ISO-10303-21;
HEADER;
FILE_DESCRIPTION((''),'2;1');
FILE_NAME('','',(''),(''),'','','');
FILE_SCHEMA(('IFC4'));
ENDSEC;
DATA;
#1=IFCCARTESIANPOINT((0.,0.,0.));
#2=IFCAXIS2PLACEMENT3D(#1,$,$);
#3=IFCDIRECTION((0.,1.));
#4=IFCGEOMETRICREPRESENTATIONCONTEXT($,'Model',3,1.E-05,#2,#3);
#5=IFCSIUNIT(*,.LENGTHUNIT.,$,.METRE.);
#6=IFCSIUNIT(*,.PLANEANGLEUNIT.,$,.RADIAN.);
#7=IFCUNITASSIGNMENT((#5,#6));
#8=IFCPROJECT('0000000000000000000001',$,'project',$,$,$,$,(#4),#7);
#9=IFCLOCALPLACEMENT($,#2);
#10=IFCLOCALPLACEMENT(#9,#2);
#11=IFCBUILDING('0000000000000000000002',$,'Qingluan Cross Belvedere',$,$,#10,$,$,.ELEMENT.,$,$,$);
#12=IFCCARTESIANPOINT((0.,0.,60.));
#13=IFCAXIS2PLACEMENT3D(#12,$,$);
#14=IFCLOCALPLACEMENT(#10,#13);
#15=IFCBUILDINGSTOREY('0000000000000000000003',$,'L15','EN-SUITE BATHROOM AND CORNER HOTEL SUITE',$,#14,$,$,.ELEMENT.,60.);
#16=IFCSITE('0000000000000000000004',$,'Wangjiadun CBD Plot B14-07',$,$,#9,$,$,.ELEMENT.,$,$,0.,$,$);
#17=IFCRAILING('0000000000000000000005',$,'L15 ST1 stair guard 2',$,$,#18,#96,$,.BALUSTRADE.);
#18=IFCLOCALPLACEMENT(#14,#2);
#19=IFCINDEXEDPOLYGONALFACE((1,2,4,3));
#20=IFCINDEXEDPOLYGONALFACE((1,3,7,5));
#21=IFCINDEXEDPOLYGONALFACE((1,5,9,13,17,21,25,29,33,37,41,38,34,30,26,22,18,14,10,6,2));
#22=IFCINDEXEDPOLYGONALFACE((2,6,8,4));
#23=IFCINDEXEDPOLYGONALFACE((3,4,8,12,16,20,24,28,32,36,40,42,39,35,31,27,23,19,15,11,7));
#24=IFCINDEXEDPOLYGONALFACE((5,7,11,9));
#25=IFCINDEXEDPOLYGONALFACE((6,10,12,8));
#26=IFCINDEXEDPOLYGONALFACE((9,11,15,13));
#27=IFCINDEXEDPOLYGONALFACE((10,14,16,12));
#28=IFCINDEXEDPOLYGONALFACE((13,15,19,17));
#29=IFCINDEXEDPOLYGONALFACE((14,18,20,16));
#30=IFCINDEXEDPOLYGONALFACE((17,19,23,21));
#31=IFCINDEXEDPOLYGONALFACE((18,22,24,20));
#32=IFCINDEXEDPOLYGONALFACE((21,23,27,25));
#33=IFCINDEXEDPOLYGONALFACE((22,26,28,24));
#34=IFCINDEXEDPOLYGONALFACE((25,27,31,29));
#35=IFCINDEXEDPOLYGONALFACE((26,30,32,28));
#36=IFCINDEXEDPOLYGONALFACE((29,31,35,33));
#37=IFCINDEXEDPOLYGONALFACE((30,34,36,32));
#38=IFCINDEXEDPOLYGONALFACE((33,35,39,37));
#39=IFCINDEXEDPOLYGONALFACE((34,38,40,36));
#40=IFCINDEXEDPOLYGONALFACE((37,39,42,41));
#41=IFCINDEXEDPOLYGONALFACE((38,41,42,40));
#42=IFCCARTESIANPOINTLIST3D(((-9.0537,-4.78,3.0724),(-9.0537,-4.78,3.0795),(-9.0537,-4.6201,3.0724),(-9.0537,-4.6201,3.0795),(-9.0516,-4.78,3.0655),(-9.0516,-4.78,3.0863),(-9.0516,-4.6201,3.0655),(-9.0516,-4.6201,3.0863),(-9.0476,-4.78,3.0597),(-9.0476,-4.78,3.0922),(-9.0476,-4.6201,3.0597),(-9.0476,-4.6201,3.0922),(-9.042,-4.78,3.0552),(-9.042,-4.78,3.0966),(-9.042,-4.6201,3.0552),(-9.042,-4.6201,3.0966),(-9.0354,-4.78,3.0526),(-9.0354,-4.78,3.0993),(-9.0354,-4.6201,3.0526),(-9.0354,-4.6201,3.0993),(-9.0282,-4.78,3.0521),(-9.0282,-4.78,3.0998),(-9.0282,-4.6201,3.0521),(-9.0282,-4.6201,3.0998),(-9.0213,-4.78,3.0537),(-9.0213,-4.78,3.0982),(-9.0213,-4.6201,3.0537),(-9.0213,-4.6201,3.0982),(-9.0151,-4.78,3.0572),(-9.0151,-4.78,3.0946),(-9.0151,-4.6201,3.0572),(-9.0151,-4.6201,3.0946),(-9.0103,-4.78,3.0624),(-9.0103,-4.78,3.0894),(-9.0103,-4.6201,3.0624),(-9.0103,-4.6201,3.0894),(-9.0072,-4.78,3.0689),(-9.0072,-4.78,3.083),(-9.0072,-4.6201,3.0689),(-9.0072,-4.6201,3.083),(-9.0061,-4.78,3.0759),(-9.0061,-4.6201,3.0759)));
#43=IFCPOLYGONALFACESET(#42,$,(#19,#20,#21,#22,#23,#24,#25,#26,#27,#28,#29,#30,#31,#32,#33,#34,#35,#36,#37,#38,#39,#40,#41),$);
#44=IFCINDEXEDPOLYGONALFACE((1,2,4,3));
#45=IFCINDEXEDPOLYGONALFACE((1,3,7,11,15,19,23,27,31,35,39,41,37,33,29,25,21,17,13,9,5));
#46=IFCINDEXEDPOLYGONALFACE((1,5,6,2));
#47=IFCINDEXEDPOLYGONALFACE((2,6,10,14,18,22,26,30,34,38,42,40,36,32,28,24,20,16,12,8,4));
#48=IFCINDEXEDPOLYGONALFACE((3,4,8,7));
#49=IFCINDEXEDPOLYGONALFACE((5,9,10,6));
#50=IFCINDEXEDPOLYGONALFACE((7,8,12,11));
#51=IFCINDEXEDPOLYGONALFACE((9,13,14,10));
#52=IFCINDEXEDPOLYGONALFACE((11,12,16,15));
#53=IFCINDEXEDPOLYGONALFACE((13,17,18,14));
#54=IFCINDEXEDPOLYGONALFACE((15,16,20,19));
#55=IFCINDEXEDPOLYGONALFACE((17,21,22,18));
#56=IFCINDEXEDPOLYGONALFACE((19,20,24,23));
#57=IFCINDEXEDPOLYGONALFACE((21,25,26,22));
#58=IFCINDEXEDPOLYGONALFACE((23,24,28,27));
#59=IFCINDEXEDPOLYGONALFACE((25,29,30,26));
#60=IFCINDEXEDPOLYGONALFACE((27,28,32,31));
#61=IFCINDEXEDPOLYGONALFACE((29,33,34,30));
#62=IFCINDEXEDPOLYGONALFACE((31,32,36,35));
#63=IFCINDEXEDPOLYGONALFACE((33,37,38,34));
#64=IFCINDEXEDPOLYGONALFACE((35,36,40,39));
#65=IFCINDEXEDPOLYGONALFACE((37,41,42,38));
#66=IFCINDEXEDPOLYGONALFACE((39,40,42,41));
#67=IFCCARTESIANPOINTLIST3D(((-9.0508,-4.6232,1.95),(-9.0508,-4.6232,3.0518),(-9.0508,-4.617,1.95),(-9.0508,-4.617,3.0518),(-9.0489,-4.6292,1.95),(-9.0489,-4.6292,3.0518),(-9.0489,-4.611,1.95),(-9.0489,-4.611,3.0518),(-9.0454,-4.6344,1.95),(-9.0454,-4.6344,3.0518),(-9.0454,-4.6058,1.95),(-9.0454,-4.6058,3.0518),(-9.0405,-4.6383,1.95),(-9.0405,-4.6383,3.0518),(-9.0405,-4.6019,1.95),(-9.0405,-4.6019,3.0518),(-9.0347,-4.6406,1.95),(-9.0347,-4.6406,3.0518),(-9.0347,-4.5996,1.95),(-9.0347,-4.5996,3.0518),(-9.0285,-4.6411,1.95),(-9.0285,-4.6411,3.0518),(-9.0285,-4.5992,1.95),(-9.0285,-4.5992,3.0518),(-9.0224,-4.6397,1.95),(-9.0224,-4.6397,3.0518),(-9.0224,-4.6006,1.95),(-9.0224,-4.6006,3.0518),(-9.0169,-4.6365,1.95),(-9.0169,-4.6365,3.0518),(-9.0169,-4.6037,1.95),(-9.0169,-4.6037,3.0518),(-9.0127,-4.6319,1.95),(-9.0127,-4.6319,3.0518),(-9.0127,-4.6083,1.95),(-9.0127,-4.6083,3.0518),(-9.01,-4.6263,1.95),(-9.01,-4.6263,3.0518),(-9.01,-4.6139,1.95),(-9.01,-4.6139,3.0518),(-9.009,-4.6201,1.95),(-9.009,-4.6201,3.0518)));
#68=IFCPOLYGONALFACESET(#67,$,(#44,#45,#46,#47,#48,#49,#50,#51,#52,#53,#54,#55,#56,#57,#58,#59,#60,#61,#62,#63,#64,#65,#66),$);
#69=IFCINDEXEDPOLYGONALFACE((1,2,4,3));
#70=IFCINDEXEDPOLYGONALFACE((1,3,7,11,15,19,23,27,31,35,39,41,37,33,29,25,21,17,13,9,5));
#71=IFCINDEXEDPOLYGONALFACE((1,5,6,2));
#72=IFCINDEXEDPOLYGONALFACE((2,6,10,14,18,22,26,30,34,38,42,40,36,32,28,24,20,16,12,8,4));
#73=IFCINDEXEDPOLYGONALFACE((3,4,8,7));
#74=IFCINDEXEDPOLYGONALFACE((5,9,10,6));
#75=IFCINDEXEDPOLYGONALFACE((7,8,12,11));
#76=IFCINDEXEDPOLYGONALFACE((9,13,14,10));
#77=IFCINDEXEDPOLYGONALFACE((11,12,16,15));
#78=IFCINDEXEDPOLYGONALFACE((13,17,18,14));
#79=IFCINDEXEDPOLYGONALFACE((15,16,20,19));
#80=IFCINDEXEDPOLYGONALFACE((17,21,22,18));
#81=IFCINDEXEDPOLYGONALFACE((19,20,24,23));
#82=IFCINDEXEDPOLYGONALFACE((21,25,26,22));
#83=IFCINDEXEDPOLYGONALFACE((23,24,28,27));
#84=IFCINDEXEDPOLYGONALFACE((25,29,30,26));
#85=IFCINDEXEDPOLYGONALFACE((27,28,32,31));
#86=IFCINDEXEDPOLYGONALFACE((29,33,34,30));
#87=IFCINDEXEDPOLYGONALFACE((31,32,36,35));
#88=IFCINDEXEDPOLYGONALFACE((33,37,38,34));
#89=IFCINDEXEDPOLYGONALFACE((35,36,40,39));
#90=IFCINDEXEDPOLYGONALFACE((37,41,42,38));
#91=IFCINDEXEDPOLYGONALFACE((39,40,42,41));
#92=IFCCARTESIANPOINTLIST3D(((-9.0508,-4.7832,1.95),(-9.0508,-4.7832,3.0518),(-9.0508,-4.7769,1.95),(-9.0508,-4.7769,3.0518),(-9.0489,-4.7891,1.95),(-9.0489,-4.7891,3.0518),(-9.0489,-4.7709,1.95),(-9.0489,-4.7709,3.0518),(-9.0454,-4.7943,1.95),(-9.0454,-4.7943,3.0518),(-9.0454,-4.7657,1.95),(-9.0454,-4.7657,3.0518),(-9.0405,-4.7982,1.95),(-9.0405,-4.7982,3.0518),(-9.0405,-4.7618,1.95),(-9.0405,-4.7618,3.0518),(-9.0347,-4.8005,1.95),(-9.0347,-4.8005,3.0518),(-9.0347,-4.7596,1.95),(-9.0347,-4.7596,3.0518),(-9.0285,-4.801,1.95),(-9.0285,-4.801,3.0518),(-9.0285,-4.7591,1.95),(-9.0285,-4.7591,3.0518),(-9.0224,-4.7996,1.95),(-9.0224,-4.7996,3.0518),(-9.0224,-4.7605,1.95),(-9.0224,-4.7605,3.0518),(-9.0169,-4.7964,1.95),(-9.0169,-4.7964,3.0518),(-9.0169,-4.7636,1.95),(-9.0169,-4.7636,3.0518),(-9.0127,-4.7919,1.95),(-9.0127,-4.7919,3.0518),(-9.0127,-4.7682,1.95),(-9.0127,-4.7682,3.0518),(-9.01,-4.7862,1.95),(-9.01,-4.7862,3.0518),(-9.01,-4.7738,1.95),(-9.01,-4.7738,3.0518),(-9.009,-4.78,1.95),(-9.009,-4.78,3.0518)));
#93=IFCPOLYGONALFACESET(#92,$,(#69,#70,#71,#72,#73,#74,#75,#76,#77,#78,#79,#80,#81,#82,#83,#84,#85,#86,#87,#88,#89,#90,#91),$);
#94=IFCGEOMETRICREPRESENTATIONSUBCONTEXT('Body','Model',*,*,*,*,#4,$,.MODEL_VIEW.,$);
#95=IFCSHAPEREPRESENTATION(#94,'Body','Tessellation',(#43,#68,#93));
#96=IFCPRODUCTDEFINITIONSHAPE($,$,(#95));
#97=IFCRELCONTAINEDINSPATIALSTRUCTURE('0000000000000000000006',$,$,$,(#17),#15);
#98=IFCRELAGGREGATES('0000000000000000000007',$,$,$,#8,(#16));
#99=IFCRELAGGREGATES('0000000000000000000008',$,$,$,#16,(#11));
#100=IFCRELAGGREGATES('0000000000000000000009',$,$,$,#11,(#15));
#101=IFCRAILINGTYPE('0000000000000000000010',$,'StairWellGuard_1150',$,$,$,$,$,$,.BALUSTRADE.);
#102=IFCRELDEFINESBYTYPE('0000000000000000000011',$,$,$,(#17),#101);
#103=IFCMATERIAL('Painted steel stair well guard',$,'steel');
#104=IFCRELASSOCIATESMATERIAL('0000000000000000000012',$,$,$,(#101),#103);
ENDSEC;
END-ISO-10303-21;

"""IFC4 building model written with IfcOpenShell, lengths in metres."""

from ifc_helpers import new_model, si_unit, direction, frame, origin, origin_2d, place, context, subcontext, project, spatial, circle, extrude, material, type_object, element, save


model = new_model("IFC4")

# Units and contexts
model_context = context("Model", 3, precision=1e-05, world=origin(), true_north=direction((0.0, 1.0)))
body_context = subcontext(model_context, "Body", "Model", "MODEL_VIEW")
ifc_project = project(units=[si_unit("LENGTHUNIT", "METRE"), si_unit("PLANEANGLEUNIT", "RADIAN")], contexts=[model_context])

# Site, building, storey
site_placement = place(None, origin())
site = spatial("IfcSite", under=ifc_project, at=site_placement, Name="Wangjiadun CBD Plot B14-07", CompositionType="ELEMENT", RefElevation=0.0)
building_placement = place(site_placement, origin())
building = spatial("IfcBuilding", under=site, at=building_placement, Name="Qingluan Cross Belvedere", CompositionType="ELEMENT")
storey_placement = place(building_placement, frame((0.0, 0.0, 60.0)))
storey = spatial("IfcBuildingStorey", under=building, at=storey_placement, Name="L15", Description="EN-SUITE BATHROOM AND CORNER HOTEL SUITE", CompositionType="ELEMENT", Elevation=60.0)

# Railing
ifc_material_1 = material(Name="Painted steel stair well guard", Category="steel")
railing_type_1 = type_object("IfcRailingType", Name="StairWellGuard_1150", PredefinedType="BALUSTRADE", material=ifc_material_1)
railing_1_placement = place(storey_placement, frame((-9.03, -4.6201, 1.95)))
element("IfcRailing", 1, at=railing_1_placement, inside=storey, type_object=railing_type_1, Name="L15 ST1 stair guard 2", PredefinedType="BALUSTRADE", context=body_context, shape_type="SweptSolid", body=[
    extrude(circle(Radius=0.0239, at=origin_2d()), frame((0.0, 0.0, 1.126), z_axis=(0.0, -1.0, 0.0), x_axis=(1.0, 0.0, 0.0)), (0.0, 0.0, 1.0), 0.1599),
    extrude(circle(Radius=0.021, at=origin_2d()), origin(), (0.0, 0.0, 1.0), 1.1018),
    extrude(circle(Radius=0.021, at=origin_2d()), frame((0.0, -0.1599, 0.0)), (0.0, 0.0, 1.0), 1.1018),
])

save(model, "model.ifc")
